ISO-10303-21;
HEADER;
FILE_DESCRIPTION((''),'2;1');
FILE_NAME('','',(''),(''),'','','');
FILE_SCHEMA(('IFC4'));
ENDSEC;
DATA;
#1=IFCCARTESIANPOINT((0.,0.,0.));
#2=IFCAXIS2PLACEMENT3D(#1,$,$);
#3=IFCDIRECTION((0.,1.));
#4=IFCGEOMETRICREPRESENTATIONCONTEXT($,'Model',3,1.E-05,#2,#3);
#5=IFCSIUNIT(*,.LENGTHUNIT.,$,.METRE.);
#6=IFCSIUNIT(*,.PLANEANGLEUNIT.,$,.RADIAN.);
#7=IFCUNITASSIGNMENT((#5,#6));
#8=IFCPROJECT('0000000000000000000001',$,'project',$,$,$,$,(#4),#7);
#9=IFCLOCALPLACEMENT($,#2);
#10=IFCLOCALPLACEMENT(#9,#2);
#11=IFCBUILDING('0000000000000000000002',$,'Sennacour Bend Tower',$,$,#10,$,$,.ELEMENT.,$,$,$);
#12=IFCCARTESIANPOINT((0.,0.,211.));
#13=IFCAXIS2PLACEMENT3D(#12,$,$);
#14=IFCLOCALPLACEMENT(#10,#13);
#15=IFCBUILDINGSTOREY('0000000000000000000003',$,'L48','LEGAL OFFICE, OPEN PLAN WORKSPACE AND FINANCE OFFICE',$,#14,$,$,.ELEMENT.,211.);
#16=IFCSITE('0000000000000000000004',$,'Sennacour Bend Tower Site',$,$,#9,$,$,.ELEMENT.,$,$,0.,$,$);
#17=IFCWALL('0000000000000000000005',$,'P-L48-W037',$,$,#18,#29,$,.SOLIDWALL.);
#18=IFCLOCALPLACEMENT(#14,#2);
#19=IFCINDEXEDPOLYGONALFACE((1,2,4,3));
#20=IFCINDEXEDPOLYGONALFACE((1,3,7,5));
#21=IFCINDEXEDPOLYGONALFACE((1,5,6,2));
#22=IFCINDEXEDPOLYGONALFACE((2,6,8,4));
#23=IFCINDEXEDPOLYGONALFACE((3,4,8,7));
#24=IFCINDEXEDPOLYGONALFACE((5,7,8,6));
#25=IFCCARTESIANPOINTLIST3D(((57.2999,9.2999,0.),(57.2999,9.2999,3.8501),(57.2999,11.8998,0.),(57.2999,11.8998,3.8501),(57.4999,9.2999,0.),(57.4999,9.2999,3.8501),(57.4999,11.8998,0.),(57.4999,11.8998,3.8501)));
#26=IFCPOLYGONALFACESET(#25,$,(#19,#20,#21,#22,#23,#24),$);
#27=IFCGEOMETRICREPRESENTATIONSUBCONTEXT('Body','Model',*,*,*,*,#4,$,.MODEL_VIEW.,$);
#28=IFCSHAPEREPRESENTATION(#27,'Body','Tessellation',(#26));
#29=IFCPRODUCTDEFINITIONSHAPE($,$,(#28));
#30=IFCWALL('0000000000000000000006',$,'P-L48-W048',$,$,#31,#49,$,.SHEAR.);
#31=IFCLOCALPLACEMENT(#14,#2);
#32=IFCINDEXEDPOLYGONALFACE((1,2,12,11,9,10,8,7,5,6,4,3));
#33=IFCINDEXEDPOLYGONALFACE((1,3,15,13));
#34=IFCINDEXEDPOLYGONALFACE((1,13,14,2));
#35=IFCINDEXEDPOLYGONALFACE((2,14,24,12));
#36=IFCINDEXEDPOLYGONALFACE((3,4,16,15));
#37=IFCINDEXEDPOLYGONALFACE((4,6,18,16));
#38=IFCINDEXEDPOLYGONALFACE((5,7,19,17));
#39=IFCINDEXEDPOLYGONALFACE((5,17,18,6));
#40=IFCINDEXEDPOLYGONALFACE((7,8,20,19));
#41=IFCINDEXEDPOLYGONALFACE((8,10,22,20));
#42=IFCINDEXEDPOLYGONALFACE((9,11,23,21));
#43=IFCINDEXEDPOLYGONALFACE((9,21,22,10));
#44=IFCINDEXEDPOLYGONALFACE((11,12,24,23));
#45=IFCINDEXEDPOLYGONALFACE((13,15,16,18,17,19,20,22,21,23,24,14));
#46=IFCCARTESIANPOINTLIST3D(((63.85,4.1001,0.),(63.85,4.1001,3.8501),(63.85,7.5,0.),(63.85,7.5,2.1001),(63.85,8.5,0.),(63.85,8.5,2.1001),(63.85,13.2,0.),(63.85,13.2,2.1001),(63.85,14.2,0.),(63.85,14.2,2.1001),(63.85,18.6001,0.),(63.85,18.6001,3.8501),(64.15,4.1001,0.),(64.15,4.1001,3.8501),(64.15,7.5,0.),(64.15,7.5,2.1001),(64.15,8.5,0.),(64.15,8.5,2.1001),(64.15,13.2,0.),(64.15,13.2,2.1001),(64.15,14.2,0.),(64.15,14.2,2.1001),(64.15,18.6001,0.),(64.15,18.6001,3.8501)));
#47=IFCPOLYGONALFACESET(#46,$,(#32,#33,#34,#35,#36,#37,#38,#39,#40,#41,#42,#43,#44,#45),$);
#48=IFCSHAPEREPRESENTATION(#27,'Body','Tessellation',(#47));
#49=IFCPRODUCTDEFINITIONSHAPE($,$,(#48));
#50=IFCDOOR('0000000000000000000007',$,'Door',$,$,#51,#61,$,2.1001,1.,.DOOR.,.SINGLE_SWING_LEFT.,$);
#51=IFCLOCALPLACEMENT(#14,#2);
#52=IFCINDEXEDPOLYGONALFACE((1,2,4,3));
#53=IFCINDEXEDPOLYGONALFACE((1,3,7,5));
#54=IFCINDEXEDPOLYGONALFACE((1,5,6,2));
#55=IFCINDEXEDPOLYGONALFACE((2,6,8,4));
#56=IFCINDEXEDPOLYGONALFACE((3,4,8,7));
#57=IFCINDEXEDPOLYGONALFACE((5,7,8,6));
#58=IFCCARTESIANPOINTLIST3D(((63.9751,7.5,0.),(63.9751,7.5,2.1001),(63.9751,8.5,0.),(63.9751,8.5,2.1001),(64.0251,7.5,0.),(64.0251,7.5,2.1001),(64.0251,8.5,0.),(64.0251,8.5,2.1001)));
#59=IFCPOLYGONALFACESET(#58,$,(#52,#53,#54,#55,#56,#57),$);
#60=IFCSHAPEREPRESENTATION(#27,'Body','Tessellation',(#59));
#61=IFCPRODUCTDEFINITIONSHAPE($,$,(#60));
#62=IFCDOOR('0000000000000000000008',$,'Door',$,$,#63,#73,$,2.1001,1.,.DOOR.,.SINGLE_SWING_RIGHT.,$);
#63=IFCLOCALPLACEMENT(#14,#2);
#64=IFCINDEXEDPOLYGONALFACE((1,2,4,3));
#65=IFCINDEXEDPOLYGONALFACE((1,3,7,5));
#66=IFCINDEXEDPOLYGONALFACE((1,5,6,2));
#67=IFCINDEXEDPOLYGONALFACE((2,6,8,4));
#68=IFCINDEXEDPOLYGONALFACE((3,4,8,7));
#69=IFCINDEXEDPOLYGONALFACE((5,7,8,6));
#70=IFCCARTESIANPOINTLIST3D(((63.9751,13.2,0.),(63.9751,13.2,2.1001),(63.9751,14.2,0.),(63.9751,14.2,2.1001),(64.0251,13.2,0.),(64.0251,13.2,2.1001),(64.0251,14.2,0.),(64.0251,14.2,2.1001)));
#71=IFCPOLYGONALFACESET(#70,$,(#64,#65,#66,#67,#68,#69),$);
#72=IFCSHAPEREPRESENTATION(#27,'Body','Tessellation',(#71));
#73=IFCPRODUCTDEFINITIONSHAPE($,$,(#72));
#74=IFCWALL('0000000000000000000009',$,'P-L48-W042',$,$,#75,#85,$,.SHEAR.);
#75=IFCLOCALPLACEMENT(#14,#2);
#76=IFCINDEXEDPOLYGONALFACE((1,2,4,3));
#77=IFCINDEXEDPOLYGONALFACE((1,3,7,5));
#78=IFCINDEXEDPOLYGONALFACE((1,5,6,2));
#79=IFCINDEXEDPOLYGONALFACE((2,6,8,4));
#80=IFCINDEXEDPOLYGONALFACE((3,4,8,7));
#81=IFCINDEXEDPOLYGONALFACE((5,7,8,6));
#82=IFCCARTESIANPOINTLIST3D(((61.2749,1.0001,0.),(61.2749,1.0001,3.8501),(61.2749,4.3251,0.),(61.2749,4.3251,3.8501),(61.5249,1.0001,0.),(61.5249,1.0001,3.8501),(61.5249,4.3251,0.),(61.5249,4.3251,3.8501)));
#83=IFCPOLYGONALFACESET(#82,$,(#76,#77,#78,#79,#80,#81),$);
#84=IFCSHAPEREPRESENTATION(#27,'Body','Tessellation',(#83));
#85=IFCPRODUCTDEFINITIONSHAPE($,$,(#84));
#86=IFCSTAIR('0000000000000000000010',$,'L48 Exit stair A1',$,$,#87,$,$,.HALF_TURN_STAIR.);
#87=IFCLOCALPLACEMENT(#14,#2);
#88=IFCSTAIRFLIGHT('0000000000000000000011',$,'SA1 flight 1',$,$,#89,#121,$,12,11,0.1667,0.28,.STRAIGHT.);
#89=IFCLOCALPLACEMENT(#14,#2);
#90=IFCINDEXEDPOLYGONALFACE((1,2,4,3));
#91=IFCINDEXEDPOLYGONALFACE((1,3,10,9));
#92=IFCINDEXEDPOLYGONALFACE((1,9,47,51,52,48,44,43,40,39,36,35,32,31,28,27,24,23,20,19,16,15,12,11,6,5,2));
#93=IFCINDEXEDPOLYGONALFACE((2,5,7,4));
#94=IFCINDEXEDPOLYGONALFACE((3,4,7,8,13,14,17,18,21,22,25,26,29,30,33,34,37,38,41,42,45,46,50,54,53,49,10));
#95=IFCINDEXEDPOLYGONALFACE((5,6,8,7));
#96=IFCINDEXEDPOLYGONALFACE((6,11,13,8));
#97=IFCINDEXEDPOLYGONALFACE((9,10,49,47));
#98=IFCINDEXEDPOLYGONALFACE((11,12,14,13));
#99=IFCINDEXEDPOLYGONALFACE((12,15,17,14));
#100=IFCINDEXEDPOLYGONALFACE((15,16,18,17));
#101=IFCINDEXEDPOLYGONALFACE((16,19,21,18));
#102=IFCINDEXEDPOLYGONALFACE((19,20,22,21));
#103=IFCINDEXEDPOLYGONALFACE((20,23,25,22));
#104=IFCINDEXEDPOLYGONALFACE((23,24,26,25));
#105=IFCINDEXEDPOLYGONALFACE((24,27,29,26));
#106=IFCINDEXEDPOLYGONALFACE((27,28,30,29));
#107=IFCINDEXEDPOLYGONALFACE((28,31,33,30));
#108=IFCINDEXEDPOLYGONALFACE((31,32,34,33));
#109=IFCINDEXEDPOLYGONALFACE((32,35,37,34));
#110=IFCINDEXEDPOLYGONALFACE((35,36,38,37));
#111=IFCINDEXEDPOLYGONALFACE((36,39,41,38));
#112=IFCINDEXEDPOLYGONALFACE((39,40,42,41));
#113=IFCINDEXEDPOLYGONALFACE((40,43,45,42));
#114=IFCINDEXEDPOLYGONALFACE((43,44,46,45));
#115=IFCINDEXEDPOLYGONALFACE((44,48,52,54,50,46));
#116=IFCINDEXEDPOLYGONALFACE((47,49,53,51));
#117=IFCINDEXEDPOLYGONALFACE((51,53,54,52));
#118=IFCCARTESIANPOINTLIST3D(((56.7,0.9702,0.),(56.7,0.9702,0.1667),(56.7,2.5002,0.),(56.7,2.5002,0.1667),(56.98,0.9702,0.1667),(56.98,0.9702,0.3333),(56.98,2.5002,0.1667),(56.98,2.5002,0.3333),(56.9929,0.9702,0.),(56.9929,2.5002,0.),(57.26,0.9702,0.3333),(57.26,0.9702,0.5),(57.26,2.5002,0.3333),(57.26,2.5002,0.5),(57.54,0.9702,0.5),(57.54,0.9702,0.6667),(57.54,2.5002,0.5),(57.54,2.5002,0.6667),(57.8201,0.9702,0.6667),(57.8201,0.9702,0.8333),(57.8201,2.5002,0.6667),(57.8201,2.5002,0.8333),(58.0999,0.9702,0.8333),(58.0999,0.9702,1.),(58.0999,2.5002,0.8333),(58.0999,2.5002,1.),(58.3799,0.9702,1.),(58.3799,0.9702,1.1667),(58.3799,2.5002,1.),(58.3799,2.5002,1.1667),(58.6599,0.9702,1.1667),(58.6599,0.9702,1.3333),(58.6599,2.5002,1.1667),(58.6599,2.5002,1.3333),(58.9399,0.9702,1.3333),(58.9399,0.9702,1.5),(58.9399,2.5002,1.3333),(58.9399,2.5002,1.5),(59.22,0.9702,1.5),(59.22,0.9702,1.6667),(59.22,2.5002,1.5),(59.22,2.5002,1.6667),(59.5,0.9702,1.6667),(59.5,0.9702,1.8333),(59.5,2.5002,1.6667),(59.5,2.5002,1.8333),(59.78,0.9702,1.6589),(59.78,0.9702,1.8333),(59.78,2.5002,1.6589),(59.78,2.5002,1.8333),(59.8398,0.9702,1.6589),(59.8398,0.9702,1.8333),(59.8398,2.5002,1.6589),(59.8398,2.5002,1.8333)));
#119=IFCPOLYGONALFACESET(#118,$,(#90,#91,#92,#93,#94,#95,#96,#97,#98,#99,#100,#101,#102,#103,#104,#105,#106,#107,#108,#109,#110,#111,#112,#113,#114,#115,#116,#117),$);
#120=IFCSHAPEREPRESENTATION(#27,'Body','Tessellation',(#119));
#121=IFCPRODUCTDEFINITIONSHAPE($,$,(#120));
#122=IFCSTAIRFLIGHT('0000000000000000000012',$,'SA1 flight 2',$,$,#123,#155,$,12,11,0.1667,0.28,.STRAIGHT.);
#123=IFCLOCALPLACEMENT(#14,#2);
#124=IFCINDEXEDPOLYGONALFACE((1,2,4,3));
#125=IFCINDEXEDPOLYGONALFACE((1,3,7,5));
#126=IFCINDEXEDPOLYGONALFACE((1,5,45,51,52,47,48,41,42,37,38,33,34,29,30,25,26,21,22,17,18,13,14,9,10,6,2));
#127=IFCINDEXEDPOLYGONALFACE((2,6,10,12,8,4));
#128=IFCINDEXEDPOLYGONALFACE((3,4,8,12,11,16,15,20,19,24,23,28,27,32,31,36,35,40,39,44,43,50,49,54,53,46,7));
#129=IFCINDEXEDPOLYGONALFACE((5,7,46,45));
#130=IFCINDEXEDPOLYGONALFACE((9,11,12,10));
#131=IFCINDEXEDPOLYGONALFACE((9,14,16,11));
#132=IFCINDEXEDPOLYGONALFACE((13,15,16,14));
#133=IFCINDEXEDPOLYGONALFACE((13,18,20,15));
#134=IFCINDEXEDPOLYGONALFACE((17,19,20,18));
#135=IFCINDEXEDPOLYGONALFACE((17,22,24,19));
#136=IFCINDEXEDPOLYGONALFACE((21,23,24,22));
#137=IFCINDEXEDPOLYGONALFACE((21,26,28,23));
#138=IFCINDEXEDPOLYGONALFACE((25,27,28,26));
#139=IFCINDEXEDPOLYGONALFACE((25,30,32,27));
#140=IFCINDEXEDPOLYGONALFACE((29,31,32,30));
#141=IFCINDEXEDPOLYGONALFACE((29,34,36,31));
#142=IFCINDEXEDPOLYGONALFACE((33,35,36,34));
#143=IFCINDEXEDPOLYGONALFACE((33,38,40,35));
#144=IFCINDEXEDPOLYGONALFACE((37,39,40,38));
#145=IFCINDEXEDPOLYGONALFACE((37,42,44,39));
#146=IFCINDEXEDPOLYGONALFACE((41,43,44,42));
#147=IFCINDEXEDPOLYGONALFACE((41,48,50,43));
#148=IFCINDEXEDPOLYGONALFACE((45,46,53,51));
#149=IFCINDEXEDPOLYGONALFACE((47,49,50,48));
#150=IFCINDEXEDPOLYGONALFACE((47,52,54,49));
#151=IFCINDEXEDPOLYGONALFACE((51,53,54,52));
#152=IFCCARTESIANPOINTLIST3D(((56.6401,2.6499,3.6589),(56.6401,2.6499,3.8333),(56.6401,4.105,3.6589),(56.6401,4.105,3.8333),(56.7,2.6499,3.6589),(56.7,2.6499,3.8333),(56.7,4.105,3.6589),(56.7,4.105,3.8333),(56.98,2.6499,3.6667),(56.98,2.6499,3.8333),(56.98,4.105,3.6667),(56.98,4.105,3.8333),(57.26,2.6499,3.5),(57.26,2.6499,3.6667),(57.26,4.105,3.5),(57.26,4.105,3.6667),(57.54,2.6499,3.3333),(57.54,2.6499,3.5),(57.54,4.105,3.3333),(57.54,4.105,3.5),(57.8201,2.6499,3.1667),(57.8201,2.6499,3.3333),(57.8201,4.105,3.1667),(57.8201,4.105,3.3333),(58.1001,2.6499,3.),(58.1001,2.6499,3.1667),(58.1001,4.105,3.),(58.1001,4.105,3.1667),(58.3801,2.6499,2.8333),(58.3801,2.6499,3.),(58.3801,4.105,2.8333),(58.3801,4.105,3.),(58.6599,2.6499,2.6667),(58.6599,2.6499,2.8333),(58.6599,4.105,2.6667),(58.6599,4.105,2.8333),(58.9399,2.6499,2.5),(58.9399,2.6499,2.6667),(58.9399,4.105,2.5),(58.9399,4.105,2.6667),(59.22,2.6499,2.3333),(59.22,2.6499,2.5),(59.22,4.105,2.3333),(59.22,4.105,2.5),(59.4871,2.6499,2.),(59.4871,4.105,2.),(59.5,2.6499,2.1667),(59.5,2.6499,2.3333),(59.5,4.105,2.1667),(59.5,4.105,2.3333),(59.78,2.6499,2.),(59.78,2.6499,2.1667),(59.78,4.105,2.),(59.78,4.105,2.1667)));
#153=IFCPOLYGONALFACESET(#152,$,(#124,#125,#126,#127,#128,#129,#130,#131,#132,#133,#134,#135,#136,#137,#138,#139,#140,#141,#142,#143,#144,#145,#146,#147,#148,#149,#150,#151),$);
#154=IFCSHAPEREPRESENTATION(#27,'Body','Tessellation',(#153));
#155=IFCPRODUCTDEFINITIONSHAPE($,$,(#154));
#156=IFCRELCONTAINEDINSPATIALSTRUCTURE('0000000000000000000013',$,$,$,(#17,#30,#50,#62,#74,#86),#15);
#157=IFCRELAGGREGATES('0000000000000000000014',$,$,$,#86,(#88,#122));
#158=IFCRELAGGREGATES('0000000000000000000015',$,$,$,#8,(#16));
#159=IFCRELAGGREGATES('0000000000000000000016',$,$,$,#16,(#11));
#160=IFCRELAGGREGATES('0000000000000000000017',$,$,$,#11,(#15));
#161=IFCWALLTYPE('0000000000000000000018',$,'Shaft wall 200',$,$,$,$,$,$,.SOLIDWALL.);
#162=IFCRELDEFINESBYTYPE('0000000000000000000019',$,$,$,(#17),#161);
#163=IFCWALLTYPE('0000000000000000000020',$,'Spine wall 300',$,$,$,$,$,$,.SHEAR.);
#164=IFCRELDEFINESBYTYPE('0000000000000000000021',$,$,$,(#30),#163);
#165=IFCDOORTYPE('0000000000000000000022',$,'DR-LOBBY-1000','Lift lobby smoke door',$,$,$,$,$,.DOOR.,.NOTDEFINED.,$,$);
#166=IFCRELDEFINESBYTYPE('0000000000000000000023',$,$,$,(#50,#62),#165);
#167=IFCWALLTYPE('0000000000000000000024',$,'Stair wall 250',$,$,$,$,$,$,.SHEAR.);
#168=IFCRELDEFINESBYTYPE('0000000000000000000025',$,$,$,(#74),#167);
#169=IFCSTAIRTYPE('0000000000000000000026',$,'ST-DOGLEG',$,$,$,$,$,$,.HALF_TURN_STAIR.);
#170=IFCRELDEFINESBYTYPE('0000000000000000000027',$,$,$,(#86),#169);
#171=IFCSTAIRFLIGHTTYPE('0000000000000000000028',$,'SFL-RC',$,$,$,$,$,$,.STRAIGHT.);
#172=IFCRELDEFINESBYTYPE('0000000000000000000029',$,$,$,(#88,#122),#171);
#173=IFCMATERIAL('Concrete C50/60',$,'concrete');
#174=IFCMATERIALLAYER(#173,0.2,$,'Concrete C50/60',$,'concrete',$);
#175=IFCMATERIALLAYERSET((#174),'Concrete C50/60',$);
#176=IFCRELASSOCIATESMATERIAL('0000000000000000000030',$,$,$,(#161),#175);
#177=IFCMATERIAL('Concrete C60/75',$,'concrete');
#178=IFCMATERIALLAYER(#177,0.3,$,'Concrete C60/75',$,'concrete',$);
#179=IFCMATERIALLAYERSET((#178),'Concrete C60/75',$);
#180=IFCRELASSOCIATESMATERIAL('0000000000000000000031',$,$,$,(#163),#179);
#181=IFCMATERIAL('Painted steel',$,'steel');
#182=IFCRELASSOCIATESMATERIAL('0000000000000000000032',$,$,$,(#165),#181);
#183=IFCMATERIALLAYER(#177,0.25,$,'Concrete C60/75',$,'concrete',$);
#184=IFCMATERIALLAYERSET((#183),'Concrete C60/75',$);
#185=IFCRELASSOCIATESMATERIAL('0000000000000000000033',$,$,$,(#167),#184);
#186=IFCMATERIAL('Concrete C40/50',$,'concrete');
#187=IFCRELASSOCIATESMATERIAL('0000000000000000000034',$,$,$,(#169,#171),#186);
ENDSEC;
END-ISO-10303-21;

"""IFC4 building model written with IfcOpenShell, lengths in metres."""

from ifc_helpers import new_model, si_unit, direction, frame, frame_2d, origin, place, context, subcontext, project, spatial, polyline, rectangle, outline, extrude, material, layer, layer_set, type_object, element, fill, aggregate, save


model = new_model("IFC4")

# Units and contexts
model_context = context("Model", 3, precision=1e-05, world=origin(), true_north=direction((0.0, 1.0)))
body_context = subcontext(model_context, "Body", "Model", "MODEL_VIEW")
ifc_project = project(units=[si_unit("LENGTHUNIT", "METRE"), si_unit("PLANEANGLEUNIT", "RADIAN")], contexts=[model_context])

# Site, building, storey
site_placement = place(None, origin())
site = spatial("IfcSite", under=ifc_project, at=site_placement, Name="Sennacour Bend Tower Site", CompositionType="ELEMENT", RefElevation=0.0)
building_placement = place(site_placement, origin())
building = spatial("IfcBuilding", under=site, at=building_placement, Name="Sennacour Bend Tower", CompositionType="ELEMENT")
storey_placement = place(building_placement, frame((0.0, 0.0, 211.0)))
storey = spatial("IfcBuildingStorey", under=building, at=storey_placement, Name="L48", Description="LEGAL OFFICE, OPEN PLAN WORKSPACE AND FINANCE OFFICE", CompositionType="ELEMENT", Elevation=211.0)

# Shared definitions
ifc_material_1 = material(Name="Concrete C60/75", Category="concrete")

# Shared definitions
ifc_material_2 = material(Name="Painted steel", Category="steel")

# Wall
ifc_material_3 = material(Name="Concrete C50/60", Category="concrete")
ifc_layer_1 = layer(ifc_material_3, 0.2, Name="Concrete C50/60", Category="concrete")
ifc_layer_set_1 = layer_set([ifc_layer_1], Name="Concrete C50/60")
wall_type_1 = type_object("IfcWallType", Name="Shaft wall 200", PredefinedType="SOLIDWALL", material=ifc_layer_set_1)
wall_1_placement = place(storey_placement, frame((57.3999, 9.3, 0.0), z_axis=(0.0, 0.0, 1.0), x_axis=(0.0, 1.0, 0.0)))
element("IfcWall", 1, at=wall_1_placement, inside=storey, type_object=wall_type_1, Name="P-L48-W037", PredefinedType="SOLIDWALL", context=body_context, shape_type="SweptSolid", body=[
    extrude(rectangle(XDim=2.5999, YDim=0.2, at=frame_2d((1.2998, 0.0))), origin(), (0.0, 0.0, 1.0), 3.8501),
])

# Wall, openings, doors
ifc_layer_2 = layer(ifc_material_1, 0.3, Name="Concrete C60/75", Category="concrete")
ifc_layer_set_2 = layer_set([ifc_layer_2], Name="Concrete C60/75")
wall_type_2 = type_object("IfcWallType", Name="Spine wall 300", PredefinedType="SHEAR", material=ifc_layer_set_2)
wall_2_placement = place(storey_placement, frame((64.0, 4.1001, 0.0), z_axis=(0.0, 0.0, 1.0), x_axis=(0.0, 1.0, 0.0)))
wall_2 = element("IfcWall", 2, at=wall_2_placement, inside=storey, type_object=wall_type_2, Name="P-L48-W048", PredefinedType="SHEAR", context=body_context, shape_type="SweptSolid", body=[
    extrude(rectangle(XDim=14.5, YDim=0.3, at=frame_2d((7.25, 0.0))), origin(), (0.0, 0.0, 1.0), 3.8501),
])
opening_1_placement = place(wall_2_placement, frame((3.3999, 0.0, 0.0)))
opening_1 = element("IfcOpeningElement", 3, at=opening_1_placement, cuts=wall_2, PredefinedType="OPENING", context=body_context, shape_type="SweptSolid", body=[
    extrude(rectangle(XDim=1.0, YDim=2.1001, at=frame_2d((0.5, 1.05))), frame((0.0, 0.1602, 0.0), z_axis=(0.0, -1.0, 0.0), x_axis=(1.0, 0.0, 0.0)), (0.0, 0.0, 1.0), 0.3201),
])
opening_2_placement = place(wall_2_placement, frame((9.0999, 0.0, 0.0)))
opening_2 = element("IfcOpeningElement", 4, at=opening_2_placement, cuts=wall_2, PredefinedType="OPENING", context=body_context, shape_type="SweptSolid", body=[
    extrude(rectangle(XDim=1.0, YDim=2.1001, at=frame_2d((0.5, 1.05))), frame((0.0, 0.1602, 0.0), z_axis=(0.0, -1.0, 0.0), x_axis=(1.0, 0.0, 0.0)), (0.0, 0.0, 1.0), 0.3201),
])
door_type_1 = type_object("IfcDoorType", Name="DR-LOBBY-1000", Description="Lift lobby smoke door", OperationType="NOTDEFINED", PredefinedType="DOOR", material=ifc_material_2)
door_1_placement = place(opening_1_placement, origin())
door_1 = element("IfcDoor", 5, at=door_1_placement, inside=storey, type_object=door_type_1, Name="Door", OperationType="SINGLE_SWING_LEFT", OverallHeight=2.1001, OverallWidth=1.0, PredefinedType="DOOR", context=body_context, shape_type="SweptSolid", body=[
    extrude(rectangle(XDim=1.0, YDim=2.1001, at=frame_2d((0.5, 1.05))), frame((0.0, 0.0249, 0.0), z_axis=(0.0, -1.0, 0.0), x_axis=(1.0, 0.0, 0.0)), (0.0, 0.0, 1.0), 0.05),
])
fill(opening_1, door_1)
door_2_placement = place(opening_2_placement, origin())
door_2 = element("IfcDoor", 6, at=door_2_placement, inside=storey, type_object=door_type_1, Name="Door", OperationType="SINGLE_SWING_RIGHT", OverallHeight=2.1001, OverallWidth=1.0, PredefinedType="DOOR", context=body_context, shape_type="SweptSolid", body=[
    extrude(rectangle(XDim=1.0, YDim=2.1001, at=frame_2d((0.5, 1.05))), frame((0.0, 0.0249, 0.0), z_axis=(0.0, -1.0, 0.0), x_axis=(1.0, 0.0, 0.0)), (0.0, 0.0, 1.0), 0.05),
])
fill(opening_2, door_2)

# Wall
ifc_layer_3 = layer(ifc_material_1, 0.25, Name="Concrete C60/75", Category="concrete")
ifc_layer_set_3 = layer_set([ifc_layer_3], Name="Concrete C60/75")
wall_type_3 = type_object("IfcWallType", Name="Stair wall 250", PredefinedType="SHEAR", material=ifc_layer_set_3)
wall_3_placement = place(storey_placement, frame((61.3999, 1.0, 0.0), z_axis=(0.0, 0.0, 1.0), x_axis=(0.0, 1.0, 0.0)))
element("IfcWall", 7, at=wall_3_placement, inside=storey, type_object=wall_type_3, Name="P-L48-W042", PredefinedType="SHEAR", context=body_context, shape_type="SweptSolid", body=[
    extrude(rectangle(XDim=3.325, YDim=0.25, at=frame_2d((1.6626, 0.0))), origin(), (0.0, 0.0, 1.0), 3.8501),
])

# Stair, stair flights
ifc_material_4 = material(Name="Concrete C40/50", Category="concrete")
stair_type = type_object("IfcStairType", Name="ST-DOGLEG", PredefinedType="HALF_TURN_STAIR", material=ifc_material_4)
stair_placement = place(storey_placement, origin())
stair = element("IfcStair", 8, at=stair_placement, inside=storey, type_object=stair_type, Name="L48 Exit stair A1", PredefinedType="HALF_TURN_STAIR")
stair_flight_type = type_object("IfcStairFlightType", Name="SFL-RC", PredefinedType="STRAIGHT", material=ifc_material_4)
stair_flight_1_placement = place(storey_placement, frame((56.7, 1.7351, 0.0), z_axis=(0.0, 0.0, 1.0), x_axis=(1.0, 0.0, 0.0)))
stair_flight_1 = element("IfcStairFlight", 9, at=stair_flight_1_placement, type_object=stair_flight_type, Name="SA1 flight 1", NumberOfRisers=12, NumberOfTreads=11, PredefinedType="STRAIGHT", RiserHeight=0.1667, TreadLength=0.28, context=body_context, shape_type="SweptSolid", body=[
    extrude(outline(polyline([(0.0, 0.0), (0.0, 0.1667), (0.28, 0.1667), (0.28, 0.3333), (0.5601, 0.3333), (0.5601, 0.5), (0.8401, 0.5), (0.8401, 0.6667), (1.1201, 0.6667), (1.1201, 0.8333), (1.3999, 0.8333), (1.3999, 1.0), (1.6799, 1.0), (1.6799, 1.1667), (1.96, 1.1667), (1.96, 1.3333), (2.24, 1.3333), (2.24, 1.5), (2.52, 1.5), (2.52, 1.6667), (2.8, 1.6667), (2.8, 1.8333), (3.0801, 1.8333), (3.1399, 1.8333), (3.1399, 1.6589), (3.0801, 1.6589), (0.293, 0.0), (0.0, 0.0)])), frame((0.0, 0.7651, 0.0), z_axis=(0.0, -1.0, 0.0), x_axis=(1.0, 0.0, 0.0)), (0.0, 0.0, 1.0), 1.53),
])
stair_flight_2_placement = place(storey_placement, frame((59.78, 3.3774, 2.0), z_axis=(0.0, 0.0, 1.0), x_axis=(-1.0, 0.0, 0.0)))
stair_flight_2 = element("IfcStairFlight", 10, at=stair_flight_2_placement, type_object=stair_flight_type, Name="SA1 flight 2", NumberOfRisers=12, NumberOfTreads=11, PredefinedType="STRAIGHT", RiserHeight=0.1667, TreadLength=0.28, context=body_context, shape_type="SweptSolid", body=[
    extrude(outline(polyline([(0.0, 0.0), (0.0, 0.1667), (0.28, 0.1667), (0.28, 0.3333), (0.5601, 0.3333), (0.5601, 0.5), (0.8401, 0.5), (0.8401, 0.6667), (1.1201, 0.6667), (1.1201, 0.8333), (1.3999, 0.8333), (1.3999, 1.0), (1.6799, 1.0), (1.6799, 1.1667), (1.96, 1.1667), (1.96, 1.3333), (2.24, 1.3333), (2.24, 1.5), (2.52, 1.5), (2.52, 1.6667), (2.8, 1.6667), (2.8, 1.8333), (3.0801, 1.8333), (3.1399, 1.8333), (3.1399, 1.6589), (3.0801, 1.6589), (0.293, 0.0), (0.0, 0.0)])), frame((0.0, 0.7275, 0.0), z_axis=(0.0, -1.0, 0.0), x_axis=(1.0, 0.0, 0.0)), (0.0, 0.0, 1.0), 1.4551),
])
aggregate(stair, [stair_flight_1, stair_flight_2])

save(model, "model.ifc")
